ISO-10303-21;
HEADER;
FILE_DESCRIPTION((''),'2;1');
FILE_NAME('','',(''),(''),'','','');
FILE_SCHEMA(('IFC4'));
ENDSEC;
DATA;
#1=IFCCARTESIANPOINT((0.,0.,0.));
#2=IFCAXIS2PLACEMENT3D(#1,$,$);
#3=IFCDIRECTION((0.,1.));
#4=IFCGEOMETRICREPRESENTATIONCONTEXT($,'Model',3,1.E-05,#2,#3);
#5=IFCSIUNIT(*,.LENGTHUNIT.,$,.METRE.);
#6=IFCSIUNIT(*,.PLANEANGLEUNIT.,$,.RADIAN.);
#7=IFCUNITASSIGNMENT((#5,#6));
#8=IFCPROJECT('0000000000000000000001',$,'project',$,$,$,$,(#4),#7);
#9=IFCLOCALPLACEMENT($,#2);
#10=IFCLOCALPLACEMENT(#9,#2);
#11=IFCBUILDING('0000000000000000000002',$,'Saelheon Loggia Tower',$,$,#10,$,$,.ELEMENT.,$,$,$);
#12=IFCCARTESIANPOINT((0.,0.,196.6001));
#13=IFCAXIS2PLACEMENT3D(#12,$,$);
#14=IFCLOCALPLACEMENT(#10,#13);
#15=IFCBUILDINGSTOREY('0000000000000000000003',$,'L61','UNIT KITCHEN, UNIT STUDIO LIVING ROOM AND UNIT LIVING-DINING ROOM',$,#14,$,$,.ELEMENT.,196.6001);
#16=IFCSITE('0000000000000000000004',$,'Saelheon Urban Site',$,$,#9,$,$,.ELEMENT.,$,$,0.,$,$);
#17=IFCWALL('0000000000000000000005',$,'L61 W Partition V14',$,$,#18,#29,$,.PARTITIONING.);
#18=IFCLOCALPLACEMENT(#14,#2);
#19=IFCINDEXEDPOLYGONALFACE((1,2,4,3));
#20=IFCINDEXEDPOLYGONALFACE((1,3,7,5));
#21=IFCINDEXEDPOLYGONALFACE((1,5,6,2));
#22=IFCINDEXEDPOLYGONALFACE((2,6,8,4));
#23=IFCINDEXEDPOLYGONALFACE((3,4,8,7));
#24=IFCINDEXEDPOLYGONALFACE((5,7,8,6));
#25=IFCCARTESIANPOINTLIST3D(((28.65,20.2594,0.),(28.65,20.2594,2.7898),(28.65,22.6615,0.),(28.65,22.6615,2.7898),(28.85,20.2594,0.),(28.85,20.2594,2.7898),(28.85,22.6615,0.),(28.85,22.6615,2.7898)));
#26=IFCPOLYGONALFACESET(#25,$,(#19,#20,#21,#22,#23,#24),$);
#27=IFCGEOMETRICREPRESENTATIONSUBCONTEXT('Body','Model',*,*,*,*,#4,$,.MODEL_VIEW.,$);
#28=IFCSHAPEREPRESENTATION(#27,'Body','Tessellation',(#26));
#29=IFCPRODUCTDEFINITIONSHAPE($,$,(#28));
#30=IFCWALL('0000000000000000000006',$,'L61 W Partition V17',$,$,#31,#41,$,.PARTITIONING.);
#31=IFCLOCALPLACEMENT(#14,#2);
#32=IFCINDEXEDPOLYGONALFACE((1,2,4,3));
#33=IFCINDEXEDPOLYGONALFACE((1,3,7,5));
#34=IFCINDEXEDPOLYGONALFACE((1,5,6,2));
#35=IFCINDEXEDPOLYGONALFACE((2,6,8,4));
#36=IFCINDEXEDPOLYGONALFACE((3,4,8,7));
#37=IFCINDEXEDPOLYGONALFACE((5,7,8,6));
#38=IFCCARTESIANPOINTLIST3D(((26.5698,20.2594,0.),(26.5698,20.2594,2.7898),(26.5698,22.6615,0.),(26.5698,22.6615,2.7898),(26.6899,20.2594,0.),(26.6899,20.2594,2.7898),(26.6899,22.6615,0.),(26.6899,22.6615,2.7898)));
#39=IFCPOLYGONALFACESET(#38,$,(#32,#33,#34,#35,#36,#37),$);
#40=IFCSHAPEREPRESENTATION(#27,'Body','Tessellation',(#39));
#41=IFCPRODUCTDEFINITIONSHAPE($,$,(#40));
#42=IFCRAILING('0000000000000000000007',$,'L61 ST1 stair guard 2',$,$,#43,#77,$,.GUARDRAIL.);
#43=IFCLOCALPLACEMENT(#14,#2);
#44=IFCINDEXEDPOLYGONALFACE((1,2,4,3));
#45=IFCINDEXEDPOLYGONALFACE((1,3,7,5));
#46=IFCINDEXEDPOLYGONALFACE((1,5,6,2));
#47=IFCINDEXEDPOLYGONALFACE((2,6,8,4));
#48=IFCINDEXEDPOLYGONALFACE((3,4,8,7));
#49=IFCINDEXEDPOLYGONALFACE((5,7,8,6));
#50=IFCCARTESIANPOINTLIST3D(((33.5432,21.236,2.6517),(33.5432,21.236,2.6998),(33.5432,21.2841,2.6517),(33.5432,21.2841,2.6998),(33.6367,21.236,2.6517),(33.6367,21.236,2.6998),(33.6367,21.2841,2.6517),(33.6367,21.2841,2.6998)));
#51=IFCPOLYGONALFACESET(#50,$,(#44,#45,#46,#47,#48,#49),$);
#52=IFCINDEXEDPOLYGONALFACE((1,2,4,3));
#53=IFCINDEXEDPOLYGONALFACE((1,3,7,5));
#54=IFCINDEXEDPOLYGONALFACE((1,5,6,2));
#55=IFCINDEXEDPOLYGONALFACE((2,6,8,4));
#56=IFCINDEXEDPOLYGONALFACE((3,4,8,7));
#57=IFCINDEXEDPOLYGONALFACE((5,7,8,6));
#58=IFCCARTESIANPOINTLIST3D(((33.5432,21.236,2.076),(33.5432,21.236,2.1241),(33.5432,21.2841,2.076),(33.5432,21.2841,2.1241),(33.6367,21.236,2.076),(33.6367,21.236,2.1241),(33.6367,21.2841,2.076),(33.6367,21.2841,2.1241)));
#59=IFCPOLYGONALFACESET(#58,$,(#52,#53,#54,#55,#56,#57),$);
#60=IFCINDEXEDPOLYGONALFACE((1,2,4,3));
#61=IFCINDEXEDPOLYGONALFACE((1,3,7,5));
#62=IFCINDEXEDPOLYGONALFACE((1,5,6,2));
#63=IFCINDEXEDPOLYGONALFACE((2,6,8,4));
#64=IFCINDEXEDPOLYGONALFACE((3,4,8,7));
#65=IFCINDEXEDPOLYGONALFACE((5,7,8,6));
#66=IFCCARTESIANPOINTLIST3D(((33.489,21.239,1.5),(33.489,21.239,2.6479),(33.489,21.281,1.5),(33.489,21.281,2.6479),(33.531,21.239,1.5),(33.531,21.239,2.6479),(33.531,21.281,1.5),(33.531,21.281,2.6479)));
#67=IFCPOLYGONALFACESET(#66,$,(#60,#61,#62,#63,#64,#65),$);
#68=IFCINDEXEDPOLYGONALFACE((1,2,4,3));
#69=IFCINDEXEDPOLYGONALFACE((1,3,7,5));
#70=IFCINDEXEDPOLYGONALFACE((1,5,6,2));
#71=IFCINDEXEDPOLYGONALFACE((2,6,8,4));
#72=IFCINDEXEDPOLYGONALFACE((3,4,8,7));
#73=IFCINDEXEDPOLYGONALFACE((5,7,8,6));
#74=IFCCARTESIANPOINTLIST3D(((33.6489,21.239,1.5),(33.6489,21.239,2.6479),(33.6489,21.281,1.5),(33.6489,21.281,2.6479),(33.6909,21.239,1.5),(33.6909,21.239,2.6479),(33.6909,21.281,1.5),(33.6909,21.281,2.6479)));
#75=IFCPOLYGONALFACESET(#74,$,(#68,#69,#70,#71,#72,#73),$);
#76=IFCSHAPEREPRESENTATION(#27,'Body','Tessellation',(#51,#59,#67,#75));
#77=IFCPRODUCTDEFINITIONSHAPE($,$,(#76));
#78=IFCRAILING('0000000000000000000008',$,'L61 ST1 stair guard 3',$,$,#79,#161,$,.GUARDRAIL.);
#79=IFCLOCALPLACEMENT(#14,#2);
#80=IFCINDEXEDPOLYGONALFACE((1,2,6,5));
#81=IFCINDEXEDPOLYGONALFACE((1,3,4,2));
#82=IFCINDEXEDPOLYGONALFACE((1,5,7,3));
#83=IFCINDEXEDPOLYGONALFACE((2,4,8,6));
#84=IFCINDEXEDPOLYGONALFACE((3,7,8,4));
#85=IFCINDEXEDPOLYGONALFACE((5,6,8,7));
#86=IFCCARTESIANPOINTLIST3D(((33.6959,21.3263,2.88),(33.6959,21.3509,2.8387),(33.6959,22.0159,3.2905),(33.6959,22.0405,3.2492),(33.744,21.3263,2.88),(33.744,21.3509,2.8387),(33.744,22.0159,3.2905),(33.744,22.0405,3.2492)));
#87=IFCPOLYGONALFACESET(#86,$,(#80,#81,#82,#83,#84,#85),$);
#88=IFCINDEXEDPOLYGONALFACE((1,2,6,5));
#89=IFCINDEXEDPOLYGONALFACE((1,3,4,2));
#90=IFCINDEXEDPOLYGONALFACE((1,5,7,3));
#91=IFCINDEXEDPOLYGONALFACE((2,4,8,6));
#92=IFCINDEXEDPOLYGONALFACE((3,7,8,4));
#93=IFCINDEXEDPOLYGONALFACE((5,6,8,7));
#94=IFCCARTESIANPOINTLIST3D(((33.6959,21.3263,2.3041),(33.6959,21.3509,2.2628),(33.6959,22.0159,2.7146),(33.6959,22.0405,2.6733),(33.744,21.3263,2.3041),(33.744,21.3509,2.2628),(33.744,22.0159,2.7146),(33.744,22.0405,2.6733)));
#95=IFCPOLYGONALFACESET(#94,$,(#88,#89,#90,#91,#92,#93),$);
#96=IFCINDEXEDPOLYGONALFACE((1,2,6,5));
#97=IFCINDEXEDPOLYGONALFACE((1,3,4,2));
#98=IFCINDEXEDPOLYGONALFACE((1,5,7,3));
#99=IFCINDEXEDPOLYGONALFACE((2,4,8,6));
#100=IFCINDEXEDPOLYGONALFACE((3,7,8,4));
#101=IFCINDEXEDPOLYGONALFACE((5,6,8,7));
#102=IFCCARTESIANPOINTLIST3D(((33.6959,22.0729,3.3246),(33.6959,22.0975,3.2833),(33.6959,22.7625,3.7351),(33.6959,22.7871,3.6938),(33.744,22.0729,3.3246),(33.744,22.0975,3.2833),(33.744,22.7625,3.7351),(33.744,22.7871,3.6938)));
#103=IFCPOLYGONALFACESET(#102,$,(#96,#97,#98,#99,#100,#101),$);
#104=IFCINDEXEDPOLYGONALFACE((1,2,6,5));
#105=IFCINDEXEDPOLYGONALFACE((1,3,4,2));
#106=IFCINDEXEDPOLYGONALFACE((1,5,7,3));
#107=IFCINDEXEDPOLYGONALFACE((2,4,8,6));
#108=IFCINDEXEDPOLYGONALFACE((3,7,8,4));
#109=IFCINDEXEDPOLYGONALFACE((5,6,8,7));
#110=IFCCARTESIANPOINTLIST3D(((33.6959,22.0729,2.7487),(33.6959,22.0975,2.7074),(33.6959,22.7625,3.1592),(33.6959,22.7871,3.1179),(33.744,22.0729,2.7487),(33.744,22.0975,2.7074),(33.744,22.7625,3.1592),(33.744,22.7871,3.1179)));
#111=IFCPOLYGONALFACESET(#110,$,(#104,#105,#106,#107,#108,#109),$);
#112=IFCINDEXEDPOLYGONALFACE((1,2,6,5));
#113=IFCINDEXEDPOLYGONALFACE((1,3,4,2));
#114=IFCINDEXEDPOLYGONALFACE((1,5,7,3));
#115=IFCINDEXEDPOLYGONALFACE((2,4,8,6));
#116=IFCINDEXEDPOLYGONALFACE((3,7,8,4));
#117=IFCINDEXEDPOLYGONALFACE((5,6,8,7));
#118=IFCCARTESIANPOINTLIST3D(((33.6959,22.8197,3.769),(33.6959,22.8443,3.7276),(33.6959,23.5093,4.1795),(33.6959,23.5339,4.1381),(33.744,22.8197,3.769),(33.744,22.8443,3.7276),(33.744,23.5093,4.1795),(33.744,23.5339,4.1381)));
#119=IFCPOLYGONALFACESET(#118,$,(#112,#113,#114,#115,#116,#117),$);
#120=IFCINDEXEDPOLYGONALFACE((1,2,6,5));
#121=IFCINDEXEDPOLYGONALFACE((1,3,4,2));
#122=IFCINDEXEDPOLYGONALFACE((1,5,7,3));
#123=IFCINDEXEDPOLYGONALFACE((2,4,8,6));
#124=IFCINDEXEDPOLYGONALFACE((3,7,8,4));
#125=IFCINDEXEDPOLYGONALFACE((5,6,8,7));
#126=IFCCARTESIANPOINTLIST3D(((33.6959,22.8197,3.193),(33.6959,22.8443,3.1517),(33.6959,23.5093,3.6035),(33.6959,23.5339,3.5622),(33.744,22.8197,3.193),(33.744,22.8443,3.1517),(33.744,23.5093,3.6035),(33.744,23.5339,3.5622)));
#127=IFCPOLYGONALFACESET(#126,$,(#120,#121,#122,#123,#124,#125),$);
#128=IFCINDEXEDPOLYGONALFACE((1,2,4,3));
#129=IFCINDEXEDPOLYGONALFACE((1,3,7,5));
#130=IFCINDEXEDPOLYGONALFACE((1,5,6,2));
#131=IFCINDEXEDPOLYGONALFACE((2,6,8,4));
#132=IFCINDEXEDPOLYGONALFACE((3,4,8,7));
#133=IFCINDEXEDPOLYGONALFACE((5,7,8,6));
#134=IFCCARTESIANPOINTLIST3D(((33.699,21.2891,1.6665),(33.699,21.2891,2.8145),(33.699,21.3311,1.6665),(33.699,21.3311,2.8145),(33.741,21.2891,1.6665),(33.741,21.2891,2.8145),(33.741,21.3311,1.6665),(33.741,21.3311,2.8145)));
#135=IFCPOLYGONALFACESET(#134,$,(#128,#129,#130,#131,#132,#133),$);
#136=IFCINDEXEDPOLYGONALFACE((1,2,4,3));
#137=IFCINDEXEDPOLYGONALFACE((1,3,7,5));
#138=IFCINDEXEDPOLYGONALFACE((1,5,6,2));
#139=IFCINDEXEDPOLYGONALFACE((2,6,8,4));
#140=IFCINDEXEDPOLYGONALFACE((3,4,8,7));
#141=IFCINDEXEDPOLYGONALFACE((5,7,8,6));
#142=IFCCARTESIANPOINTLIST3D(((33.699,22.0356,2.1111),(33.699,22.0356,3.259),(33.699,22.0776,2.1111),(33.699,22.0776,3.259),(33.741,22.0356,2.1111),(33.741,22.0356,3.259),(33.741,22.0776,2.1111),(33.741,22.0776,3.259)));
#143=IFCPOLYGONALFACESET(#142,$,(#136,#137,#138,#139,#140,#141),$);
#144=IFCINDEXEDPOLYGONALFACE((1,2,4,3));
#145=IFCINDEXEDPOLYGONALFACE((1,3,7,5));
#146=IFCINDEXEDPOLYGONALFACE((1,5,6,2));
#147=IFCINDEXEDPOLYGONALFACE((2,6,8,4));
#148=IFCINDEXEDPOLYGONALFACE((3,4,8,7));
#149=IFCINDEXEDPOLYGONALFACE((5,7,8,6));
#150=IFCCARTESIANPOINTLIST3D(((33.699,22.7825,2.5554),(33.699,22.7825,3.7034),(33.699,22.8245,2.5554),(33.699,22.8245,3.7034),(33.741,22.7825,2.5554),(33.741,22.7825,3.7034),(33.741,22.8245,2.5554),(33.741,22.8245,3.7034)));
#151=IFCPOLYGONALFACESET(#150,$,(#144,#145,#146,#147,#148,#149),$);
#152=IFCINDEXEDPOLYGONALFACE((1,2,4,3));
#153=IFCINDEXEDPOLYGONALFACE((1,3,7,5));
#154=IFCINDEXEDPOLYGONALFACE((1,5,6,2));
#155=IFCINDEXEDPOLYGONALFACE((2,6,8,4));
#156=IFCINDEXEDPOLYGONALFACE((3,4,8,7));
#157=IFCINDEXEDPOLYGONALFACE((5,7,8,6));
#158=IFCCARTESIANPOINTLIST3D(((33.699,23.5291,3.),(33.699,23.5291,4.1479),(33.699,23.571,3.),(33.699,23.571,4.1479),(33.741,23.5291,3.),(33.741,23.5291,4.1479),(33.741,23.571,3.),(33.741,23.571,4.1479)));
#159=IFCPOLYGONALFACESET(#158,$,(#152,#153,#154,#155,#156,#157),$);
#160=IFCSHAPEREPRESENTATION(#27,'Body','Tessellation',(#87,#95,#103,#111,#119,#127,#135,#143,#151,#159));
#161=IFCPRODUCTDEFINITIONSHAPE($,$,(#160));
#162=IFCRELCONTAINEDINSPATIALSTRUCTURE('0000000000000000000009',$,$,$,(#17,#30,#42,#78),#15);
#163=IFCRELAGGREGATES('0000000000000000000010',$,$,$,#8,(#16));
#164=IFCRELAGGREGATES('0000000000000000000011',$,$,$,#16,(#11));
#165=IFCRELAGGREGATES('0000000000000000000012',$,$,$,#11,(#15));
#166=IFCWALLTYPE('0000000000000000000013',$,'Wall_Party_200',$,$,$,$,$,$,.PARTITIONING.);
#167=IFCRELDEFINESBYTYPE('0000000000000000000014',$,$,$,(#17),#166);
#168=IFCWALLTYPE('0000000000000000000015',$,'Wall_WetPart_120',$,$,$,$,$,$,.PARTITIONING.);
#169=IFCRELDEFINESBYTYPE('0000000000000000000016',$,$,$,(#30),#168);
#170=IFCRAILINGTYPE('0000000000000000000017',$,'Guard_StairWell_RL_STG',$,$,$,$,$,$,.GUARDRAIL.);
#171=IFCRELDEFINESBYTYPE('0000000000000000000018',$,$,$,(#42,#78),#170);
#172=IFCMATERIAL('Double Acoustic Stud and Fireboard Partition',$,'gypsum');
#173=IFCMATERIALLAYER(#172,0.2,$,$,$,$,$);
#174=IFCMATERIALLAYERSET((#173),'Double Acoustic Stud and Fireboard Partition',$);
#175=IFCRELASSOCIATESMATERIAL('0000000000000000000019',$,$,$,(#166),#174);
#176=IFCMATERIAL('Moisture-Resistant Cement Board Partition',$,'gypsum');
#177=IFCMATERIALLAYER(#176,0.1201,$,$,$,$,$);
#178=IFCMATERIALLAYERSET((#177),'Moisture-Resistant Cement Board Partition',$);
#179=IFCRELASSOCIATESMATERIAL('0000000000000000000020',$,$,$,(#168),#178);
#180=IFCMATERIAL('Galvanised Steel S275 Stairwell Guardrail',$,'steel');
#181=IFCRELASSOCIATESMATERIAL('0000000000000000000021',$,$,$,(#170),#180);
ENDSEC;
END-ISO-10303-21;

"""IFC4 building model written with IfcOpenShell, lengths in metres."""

from ifc_helpers import new_model, si_unit, direction, frame, frame_2d, origin, origin_2d, place, context, subcontext, project, spatial, rectangle, extrude, material, layer, layer_set, type_object, element, save


model = new_model("IFC4")

# Units and contexts
model_context = context("Model", 3, precision=1e-05, world=origin(), true_north=direction((0.0, 1.0)))
body_context = subcontext(model_context, "Body", "Model", "MODEL_VIEW")
ifc_project = project(units=[si_unit("LENGTHUNIT", "METRE"), si_unit("PLANEANGLEUNIT", "RADIAN")], contexts=[model_context])

# Site, building, storey
site_placement = place(None, origin())
site = spatial("IfcSite", under=ifc_project, at=site_placement, Name="Saelheon Urban Site", CompositionType="ELEMENT", RefElevation=0.0)
building_placement = place(site_placement, origin())
building = spatial("IfcBuilding", under=site, at=building_placement, Name="Saelheon Loggia Tower", CompositionType="ELEMENT")
storey_placement = place(building_placement, frame((0.0, 0.0, 196.6001)))
storey = spatial("IfcBuildingStorey", under=building, at=storey_placement, Name="L61", Description="UNIT KITCHEN, UNIT STUDIO LIVING ROOM AND UNIT LIVING-DINING ROOM", CompositionType="ELEMENT", Elevation=196.6001)

# Walls
ifc_material_1 = material(Name="Double Acoustic Stud and Fireboard Partition", Category="gypsum")
ifc_layer_1 = layer(ifc_material_1, 0.2)
ifc_layer_set_1 = layer_set([ifc_layer_1], Name="Double Acoustic Stud and Fireboard Partition")
wall_type_1 = type_object("IfcWallType", Name="Wall_Party_200", PredefinedType="PARTITIONING", material=ifc_layer_set_1)
wall_1_placement = place(storey_placement, frame((28.75, 20.2593, 0.0), z_axis=(0.0, 0.0, 1.0), x_axis=(0.0, 1.0, 0.0)))
element("IfcWall", 1, at=wall_1_placement, inside=storey, type_object=wall_type_1, Name="L61 W Partition V14", PredefinedType="PARTITIONING", context=body_context, shape_type="SweptSolid", body=[
    extrude(rectangle(XDim=2.4021, YDim=0.2, at=frame_2d((1.2012, 0.0))), origin(), (0.0, 0.0, 1.0), 2.7898),
])
ifc_material_2 = material(Name="Moisture-Resistant Cement Board Partition", Category="gypsum")
ifc_layer_2 = layer(ifc_material_2, 0.1201)
ifc_layer_set_2 = layer_set([ifc_layer_2], Name="Moisture-Resistant Cement Board Partition")
wall_type_2 = type_object("IfcWallType", Name="Wall_WetPart_120", PredefinedType="PARTITIONING", material=ifc_layer_set_2)
wall_2_placement = place(storey_placement, frame((26.6299, 20.2593, 0.0), z_axis=(0.0, 0.0, 1.0), x_axis=(0.0, 1.0, 0.0)))
element("IfcWall", 2, at=wall_2_placement, inside=storey, type_object=wall_type_2, Name="L61 W Partition V17", PredefinedType="PARTITIONING", context=body_context, shape_type="SweptSolid", body=[
    extrude(rectangle(XDim=2.4021, YDim=0.1201, at=frame_2d((1.2012, 0.0))), origin(), (0.0, 0.0, 1.0), 2.7898),
])

# Railings
ifc_material_3 = material(Name="Galvanised Steel S275 Stairwell Guardrail", Category="steel")
railing_type = type_object("IfcRailingType", Name="Guard_StairWell_RL_STG", PredefinedType="GUARDRAIL", material=ifc_material_3)
railing_1_placement = place(storey_placement, frame((33.51, 21.26, 1.5)))
element("IfcRailing", 3, at=railing_1_placement, inside=storey, type_object=railing_type, Name="L61 ST1 stair guard 2", PredefinedType="GUARDRAIL", context=body_context, shape_type="SweptSolid", body=[
    extrude(rectangle(XDim=0.0481, YDim=0.0481, at=origin_2d()), frame((0.0332, 0.0, 1.1758), z_axis=(1.0, 0.0, 0.0), x_axis=(0.0, 1.0, 0.0)), (0.0, 0.0, 1.0), 0.0935),
    extrude(rectangle(XDim=0.0481, YDim=0.0481, at=origin_2d()), frame((0.0332, 0.0, 0.6001), z_axis=(1.0, 0.0, 0.0), x_axis=(0.0, 1.0, 0.0)), (0.0, 0.0, 1.0), 0.0935),
    extrude(rectangle(XDim=0.042, YDim=0.042, at=origin_2d()), origin(), (0.0, 0.0, 1.0), 1.1479),
    extrude(rectangle(XDim=0.042, YDim=0.042, at=origin_2d()), frame((0.1599, 0.0, 0.0)), (0.0, 0.0, 1.0), 1.1479),
])
railing_2_placement = place(storey_placement, frame((33.72, 21.3101, 1.6665)))
element("IfcRailing", 4, at=railing_2_placement, inside=storey, type_object=railing_type, Name="L61 ST1 stair guard 3", PredefinedType="GUARDRAIL", context=body_context, shape_type="SweptSolid", body=[
    extrude(rectangle(XDim=0.0481, YDim=0.0481, at=origin_2d()), frame((0.0, 0.0286, 1.1929), z_axis=(0.0, 0.859264, 0.511532), x_axis=(-1.0, 0.0, 0.0)), (0.0, 0.0, 1.0), 0.8025),
    extrude(rectangle(XDim=0.0481, YDim=0.0481, at=origin_2d()), frame((0.0, 0.0286, 0.6169), z_axis=(0.0, 0.859264, 0.511532), x_axis=(-1.0, 0.0, 0.0)), (0.0, 0.0, 1.0), 0.8025),
    extrude(rectangle(XDim=0.0481, YDim=0.0481, at=origin_2d()), frame((0.0, 0.7751, 1.6375), z_axis=(0.0, 0.859264, 0.511532), x_axis=(-1.0, 0.0, 0.0)), (0.0, 0.0, 1.0), 0.8025),
    extrude(rectangle(XDim=0.0481, YDim=0.0481, at=origin_2d()), frame((0.0, 0.7751, 1.0615), z_axis=(0.0, 0.859264, 0.511532), x_axis=(-1.0, 0.0, 0.0)), (0.0, 0.0, 1.0), 0.8025),
    extrude(rectangle(XDim=0.0481, YDim=0.0481, at=origin_2d()), frame((0.0, 1.522, 2.0818), z_axis=(0.0, 0.859264, 0.511532), x_axis=(-1.0, 0.0, 0.0)), (0.0, 0.0, 1.0), 0.8025),
    extrude(rectangle(XDim=0.0481, YDim=0.0481, at=origin_2d()), frame((0.0, 1.522, 1.5059), z_axis=(0.0, 0.859264, 0.511532), x_axis=(-1.0, 0.0, 0.0)), (0.0, 0.0, 1.0), 0.8025),
    extrude(rectangle(XDim=0.042, YDim=0.042, at=origin_2d()), origin(), (0.0, 0.0, 1.0), 1.1479),
    extrude(rectangle(XDim=0.042, YDim=0.042, at=origin_2d()), frame((0.0, 0.7466, 0.4446)), (0.0, 0.0, 1.0), 1.1479),
    extrude(rectangle(XDim=0.042, YDim=0.042, at=origin_2d()), frame((0.0, 1.4934, 0.8889)), (0.0, 0.0, 1.0), 1.1479),
    extrude(rectangle(XDim=0.042, YDim=0.042, at=origin_2d()), frame((0.0, 2.24, 1.3335)), (0.0, 0.0, 1.0), 1.1479),
])

save(model, "model.ifc")
